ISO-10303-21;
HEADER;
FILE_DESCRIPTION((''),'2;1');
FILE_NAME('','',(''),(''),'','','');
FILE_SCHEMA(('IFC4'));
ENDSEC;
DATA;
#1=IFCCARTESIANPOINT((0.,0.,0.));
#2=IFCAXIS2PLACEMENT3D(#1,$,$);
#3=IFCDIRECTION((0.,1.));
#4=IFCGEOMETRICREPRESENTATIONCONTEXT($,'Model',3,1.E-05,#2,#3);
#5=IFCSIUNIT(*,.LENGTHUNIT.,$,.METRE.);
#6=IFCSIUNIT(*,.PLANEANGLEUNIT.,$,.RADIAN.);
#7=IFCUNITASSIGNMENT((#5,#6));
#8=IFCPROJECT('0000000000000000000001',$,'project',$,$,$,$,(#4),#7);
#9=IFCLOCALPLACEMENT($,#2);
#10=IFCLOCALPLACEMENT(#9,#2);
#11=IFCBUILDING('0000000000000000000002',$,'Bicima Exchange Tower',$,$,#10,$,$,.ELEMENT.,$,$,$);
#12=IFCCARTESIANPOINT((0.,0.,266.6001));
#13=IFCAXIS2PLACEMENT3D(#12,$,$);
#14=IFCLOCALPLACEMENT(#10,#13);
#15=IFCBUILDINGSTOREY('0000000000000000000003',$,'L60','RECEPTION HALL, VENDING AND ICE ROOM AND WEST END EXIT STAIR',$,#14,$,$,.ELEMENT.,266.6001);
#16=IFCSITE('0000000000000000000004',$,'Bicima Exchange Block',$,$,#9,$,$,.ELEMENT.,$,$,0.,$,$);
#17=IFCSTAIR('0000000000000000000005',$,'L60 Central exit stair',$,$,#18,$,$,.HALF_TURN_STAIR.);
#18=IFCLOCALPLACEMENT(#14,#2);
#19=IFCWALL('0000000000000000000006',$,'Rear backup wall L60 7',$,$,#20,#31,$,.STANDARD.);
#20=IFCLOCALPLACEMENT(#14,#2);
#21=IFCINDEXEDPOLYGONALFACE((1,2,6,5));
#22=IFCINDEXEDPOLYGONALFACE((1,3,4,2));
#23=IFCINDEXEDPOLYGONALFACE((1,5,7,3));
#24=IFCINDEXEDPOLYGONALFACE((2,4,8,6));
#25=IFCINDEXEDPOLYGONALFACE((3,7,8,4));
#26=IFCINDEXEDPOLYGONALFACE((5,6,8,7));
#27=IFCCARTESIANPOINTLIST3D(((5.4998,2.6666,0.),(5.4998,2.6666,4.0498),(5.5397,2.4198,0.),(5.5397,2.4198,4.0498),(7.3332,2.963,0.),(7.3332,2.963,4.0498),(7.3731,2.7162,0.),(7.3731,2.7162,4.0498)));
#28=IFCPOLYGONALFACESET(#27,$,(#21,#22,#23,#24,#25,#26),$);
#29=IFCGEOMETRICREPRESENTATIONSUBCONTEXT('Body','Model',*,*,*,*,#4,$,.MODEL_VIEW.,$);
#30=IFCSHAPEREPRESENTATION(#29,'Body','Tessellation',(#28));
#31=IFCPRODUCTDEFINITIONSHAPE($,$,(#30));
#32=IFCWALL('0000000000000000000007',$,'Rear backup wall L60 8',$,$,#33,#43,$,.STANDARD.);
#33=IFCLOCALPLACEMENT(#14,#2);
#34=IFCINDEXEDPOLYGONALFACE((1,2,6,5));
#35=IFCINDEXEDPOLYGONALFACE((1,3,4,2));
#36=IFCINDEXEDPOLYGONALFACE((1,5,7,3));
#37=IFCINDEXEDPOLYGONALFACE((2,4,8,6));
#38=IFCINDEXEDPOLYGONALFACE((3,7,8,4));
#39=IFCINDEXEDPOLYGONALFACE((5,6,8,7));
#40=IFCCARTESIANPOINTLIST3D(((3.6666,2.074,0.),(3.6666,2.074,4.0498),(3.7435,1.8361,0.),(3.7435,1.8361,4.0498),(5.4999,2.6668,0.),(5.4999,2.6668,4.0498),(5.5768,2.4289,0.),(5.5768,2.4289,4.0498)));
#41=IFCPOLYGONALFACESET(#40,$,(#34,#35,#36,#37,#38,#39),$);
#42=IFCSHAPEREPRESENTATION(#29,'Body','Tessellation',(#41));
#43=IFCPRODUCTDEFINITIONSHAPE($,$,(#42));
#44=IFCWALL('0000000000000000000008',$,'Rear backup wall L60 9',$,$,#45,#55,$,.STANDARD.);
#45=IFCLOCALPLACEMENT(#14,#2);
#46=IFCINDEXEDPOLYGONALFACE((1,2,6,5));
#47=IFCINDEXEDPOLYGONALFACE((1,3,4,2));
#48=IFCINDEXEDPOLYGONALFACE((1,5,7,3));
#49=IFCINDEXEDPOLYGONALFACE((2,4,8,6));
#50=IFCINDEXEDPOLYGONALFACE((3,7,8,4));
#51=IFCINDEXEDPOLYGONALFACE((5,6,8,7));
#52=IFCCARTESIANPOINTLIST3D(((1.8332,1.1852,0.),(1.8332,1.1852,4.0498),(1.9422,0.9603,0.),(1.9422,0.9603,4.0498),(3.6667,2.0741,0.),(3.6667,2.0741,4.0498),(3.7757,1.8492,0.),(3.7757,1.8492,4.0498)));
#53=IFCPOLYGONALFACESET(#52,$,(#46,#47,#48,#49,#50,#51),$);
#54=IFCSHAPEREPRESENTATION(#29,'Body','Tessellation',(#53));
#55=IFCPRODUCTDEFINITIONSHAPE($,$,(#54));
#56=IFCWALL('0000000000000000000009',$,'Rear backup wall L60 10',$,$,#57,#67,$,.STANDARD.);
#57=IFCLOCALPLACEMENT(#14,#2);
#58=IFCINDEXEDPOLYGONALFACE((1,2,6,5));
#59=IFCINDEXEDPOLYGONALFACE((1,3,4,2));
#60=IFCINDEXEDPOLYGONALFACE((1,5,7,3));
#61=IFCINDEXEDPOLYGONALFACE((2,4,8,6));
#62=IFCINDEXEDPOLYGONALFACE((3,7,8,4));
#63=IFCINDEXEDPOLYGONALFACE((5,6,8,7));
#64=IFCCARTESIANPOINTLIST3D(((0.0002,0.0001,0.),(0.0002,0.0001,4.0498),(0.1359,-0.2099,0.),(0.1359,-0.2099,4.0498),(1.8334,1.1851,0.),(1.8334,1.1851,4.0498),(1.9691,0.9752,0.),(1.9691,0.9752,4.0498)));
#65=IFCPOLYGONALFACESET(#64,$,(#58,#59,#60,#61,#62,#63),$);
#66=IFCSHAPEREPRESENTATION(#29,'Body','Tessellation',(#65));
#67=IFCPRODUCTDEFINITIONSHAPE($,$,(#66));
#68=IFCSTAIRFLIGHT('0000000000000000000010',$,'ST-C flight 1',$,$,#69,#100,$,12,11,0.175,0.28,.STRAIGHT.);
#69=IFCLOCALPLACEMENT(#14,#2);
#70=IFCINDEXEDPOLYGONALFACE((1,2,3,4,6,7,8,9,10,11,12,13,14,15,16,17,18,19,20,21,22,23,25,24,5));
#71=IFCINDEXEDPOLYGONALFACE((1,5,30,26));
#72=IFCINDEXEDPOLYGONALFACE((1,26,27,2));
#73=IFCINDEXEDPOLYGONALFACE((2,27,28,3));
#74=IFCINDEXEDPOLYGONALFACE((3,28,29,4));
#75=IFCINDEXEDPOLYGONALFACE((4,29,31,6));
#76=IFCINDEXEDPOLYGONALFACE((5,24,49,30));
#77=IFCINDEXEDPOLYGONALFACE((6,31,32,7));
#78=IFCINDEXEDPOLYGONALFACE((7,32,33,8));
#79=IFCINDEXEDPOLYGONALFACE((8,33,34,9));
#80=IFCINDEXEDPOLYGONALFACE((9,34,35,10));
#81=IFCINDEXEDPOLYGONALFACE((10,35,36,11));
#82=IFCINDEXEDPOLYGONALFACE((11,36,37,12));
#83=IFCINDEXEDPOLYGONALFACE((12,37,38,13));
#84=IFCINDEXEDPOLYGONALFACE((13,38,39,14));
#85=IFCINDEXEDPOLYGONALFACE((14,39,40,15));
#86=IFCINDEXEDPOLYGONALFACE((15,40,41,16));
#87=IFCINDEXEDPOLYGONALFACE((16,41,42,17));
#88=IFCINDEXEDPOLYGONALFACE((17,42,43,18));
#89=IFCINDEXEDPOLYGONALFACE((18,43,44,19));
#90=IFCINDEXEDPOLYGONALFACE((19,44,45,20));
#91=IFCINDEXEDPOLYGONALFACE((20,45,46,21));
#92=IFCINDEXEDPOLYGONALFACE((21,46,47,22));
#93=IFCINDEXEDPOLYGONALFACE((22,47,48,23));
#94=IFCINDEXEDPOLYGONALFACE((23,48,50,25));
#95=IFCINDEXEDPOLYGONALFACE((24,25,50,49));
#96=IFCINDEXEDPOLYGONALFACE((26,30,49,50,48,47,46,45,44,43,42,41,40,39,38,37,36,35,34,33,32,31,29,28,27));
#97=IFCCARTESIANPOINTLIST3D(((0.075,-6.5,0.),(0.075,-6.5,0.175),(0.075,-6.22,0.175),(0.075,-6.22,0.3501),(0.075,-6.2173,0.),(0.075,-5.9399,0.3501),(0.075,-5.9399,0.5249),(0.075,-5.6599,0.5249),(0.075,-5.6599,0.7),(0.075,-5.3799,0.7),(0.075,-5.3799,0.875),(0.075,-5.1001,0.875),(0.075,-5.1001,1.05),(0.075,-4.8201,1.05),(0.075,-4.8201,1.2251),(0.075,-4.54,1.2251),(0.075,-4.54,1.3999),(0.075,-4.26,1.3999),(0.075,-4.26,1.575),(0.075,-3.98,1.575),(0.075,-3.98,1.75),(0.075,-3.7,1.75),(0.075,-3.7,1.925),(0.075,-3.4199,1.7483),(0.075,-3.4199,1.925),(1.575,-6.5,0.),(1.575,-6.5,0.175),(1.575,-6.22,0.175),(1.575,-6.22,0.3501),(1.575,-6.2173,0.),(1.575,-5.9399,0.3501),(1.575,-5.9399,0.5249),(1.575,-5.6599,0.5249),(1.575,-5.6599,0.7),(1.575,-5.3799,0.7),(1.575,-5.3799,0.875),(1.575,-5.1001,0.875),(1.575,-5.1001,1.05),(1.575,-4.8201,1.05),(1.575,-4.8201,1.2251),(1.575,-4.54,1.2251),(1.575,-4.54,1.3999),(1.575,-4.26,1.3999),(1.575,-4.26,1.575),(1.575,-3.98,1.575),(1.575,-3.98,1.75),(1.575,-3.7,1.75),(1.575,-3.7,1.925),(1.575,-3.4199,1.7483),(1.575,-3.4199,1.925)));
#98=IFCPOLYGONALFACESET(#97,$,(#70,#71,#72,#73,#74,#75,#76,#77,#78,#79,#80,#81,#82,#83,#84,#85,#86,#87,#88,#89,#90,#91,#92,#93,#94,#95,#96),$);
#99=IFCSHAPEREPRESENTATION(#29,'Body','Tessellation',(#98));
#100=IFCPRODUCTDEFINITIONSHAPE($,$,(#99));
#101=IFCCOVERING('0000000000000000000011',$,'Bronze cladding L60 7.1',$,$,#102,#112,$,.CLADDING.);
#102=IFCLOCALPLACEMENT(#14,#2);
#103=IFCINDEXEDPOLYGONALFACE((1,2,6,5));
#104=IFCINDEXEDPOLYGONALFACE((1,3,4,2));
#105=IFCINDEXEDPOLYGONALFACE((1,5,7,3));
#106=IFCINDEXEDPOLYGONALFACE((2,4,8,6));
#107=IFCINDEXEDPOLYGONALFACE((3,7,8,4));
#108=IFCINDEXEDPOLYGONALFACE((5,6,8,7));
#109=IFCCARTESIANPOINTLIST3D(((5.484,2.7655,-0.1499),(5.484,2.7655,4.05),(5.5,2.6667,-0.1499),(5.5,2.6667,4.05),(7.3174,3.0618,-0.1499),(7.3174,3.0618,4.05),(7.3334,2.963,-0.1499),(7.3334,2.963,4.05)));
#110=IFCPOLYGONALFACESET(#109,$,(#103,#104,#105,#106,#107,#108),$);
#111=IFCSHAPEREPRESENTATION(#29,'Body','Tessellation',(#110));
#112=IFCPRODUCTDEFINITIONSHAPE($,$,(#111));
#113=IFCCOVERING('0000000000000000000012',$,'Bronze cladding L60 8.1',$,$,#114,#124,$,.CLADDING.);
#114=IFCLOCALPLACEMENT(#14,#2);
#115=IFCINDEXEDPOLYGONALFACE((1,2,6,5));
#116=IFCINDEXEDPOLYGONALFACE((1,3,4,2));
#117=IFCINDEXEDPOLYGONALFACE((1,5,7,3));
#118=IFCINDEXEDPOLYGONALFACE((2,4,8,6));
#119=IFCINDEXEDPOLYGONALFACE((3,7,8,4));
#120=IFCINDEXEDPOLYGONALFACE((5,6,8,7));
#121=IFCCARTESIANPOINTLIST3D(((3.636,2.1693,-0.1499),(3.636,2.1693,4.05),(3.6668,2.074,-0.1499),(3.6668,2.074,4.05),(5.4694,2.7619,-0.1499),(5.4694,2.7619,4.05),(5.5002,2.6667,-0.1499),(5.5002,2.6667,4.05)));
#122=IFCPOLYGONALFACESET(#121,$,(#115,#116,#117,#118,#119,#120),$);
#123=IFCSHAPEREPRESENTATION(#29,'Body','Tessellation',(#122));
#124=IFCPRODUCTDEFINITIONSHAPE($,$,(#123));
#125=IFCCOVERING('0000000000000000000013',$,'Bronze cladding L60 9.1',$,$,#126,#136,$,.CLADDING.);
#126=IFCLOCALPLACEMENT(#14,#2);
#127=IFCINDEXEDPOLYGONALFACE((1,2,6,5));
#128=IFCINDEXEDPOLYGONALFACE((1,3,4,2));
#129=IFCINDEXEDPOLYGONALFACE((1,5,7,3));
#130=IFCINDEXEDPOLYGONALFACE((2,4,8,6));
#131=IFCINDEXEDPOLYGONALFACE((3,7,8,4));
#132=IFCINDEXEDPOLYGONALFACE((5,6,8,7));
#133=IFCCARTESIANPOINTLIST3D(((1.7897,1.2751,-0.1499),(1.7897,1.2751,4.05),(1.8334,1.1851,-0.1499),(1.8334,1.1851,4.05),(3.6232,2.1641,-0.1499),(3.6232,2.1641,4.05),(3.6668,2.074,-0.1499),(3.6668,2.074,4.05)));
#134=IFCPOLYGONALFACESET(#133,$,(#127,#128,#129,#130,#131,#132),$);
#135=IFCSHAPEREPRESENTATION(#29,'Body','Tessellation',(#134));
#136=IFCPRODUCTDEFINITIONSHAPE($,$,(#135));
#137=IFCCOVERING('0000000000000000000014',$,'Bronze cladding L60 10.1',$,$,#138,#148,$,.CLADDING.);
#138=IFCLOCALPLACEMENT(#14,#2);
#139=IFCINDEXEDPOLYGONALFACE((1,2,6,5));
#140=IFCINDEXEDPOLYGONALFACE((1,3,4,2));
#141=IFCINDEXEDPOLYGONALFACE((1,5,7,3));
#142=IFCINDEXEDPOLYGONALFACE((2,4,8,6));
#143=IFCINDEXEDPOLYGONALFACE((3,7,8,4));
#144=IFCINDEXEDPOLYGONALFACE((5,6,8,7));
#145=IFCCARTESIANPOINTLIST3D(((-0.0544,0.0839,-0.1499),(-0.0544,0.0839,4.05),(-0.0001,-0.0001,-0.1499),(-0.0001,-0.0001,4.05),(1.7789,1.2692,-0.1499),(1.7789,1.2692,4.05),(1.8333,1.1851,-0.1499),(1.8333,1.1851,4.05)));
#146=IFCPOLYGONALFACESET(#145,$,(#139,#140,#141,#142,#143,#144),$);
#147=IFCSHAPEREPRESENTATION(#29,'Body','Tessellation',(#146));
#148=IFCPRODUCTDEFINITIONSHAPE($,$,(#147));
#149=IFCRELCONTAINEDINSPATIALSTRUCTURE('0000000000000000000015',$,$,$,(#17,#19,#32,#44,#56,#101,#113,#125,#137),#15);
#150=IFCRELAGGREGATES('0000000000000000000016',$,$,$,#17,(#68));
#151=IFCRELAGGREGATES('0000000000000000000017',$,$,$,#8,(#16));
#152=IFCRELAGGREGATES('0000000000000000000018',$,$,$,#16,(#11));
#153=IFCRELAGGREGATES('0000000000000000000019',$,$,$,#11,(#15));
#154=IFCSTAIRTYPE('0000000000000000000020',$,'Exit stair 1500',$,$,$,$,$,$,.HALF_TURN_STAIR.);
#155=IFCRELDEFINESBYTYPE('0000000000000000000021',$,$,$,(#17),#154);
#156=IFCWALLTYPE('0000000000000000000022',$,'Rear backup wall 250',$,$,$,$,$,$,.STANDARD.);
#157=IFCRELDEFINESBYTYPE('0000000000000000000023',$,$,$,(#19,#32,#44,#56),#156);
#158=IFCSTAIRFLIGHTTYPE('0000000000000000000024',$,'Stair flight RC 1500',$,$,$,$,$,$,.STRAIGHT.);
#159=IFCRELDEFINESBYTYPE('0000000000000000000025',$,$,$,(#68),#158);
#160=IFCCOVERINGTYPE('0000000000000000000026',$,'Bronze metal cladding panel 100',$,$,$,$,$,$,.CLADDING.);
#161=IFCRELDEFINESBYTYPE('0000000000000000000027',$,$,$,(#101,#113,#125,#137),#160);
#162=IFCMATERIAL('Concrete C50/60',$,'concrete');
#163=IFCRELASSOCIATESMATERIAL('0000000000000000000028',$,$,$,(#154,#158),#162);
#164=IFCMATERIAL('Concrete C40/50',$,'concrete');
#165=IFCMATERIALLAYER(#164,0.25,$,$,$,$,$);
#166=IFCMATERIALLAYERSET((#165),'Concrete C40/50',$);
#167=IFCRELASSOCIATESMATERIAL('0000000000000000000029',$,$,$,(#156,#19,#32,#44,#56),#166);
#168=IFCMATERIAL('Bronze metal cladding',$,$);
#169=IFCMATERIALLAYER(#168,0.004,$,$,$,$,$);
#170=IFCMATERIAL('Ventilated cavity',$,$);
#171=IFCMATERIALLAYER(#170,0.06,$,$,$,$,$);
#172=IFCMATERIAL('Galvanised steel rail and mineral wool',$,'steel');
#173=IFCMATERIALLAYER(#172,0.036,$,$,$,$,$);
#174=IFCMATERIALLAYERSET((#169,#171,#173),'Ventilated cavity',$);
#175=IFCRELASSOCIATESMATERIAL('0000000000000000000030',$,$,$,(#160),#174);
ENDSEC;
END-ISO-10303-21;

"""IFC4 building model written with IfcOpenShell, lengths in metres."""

from ifc_helpers import new_model, si_unit, direction, frame, frame_2d, origin, origin_2d, place, context, subcontext, project, spatial, polyline, rectangle, outline, extrude, material, layer, layer_set, layer_usage, type_object, element, aggregate, save


model = new_model("IFC4")

# Units and contexts
model_context = context("Model", 3, precision=1e-05, world=origin(), true_north=direction((0.0, 1.0)))
body_context = subcontext(model_context, "Body", "Model", "MODEL_VIEW")
ifc_project = project(units=[si_unit("LENGTHUNIT", "METRE"), si_unit("PLANEANGLEUNIT", "RADIAN")], contexts=[model_context])

# Site, building, storey
site_placement = place(None, origin())
site = spatial("IfcSite", under=ifc_project, at=site_placement, Name="Bicima Exchange Block", CompositionType="ELEMENT", RefElevation=0.0)
building_placement = place(site_placement, origin())
building = spatial("IfcBuilding", under=site, at=building_placement, Name="Bicima Exchange Tower", CompositionType="ELEMENT")
storey_placement = place(building_placement, frame((0.0, 0.0, 266.6001)))
storey = spatial("IfcBuildingStorey", under=building, at=storey_placement, Name="L60", Description="RECEPTION HALL, VENDING AND ICE ROOM AND WEST END EXIT STAIR", CompositionType="ELEMENT", Elevation=266.6001)

# Stair
ifc_material_1 = material(Name="Concrete C50/60", Category="concrete")
stair_type_1 = type_object("IfcStairType", Name="Exit stair 1500", PredefinedType="HALF_TURN_STAIR", material=ifc_material_1)
stair_1_placement = place(storey_placement, origin())
stair_1 = element("IfcStair", 1, at=stair_1_placement, inside=storey, type_object=stair_type_1, Name="L60 Central exit stair", PredefinedType="HALF_TURN_STAIR")

# Shared definitions
ifc_material_2 = material(Name="Concrete C40/50", Category="concrete")

# Walls
ifc_layer_1 = layer(ifc_material_2, 0.25)
ifc_layer_set_1 = layer_set([ifc_layer_1], Name="Concrete C40/50")
ifc_layer_usage = layer_usage(ifc_layer_set_1, "AXIS2", "POSITIVE", -0.125)
wall_type_1 = type_object("IfcWallType", Name="Rear backup wall 250", PredefinedType="STANDARD", material=ifc_layer_set_1)
wall_1_placement = place(storey_placement, frame((7.3533, 2.8396, 0.0), z_axis=(0.0, 0.0, 1.0), x_axis=(-0.987182, -0.1596, 0.0)))
element("IfcWall", 2, at=wall_1_placement, inside=storey, type_object=wall_type_1, material=ifc_layer_usage, Name="Rear backup wall L60 7", PredefinedType="STANDARD", context=body_context, shape_type="SweptSolid", body=[
    extrude(rectangle(XDim=1.8572, YDim=0.25, at=frame_2d((0.9287, 0.0))), origin(), (0.0, 0.0, 1.0), 4.0498),
])
wall_2_placement = place(storey_placement, frame((5.5383, 2.5479, 0.0), z_axis=(0.0, 0.0, 1.0), x_axis=(-0.951496, -0.307662, 0.0)))
element("IfcWall", 3, at=wall_2_placement, inside=storey, type_object=wall_type_1, material=ifc_layer_usage, Name="Rear backup wall L60 8", PredefinedType="STANDARD", context=body_context, shape_type="SweptSolid", body=[
    extrude(rectangle(XDim=1.9268, YDim=0.25, at=frame_2d((0.9634, 0.0))), origin(), (0.0, 0.0, 1.0), 4.0498),
])
wall_3_placement = place(storey_placement, frame((3.7212, 1.9617, 0.0), z_axis=(0.0, 0.0, 1.0), x_axis=(-0.899824, -0.436253, 0.0)))
element("IfcWall", 4, at=wall_3_placement, inside=storey, type_object=wall_type_1, material=ifc_layer_usage, Name="Rear backup wall L60 9", PredefinedType="STANDARD", context=body_context, shape_type="SweptSolid", body=[
    extrude(rectangle(XDim=2.0376, YDim=0.25, at=frame_2d((1.0188, 0.0))), origin(), (0.0, 0.0, 1.0), 4.0498),
])
wall_4_placement = place(storey_placement, frame((1.9011, 1.0801, 0.0), z_axis=(0.0, 0.0, 1.0), x_axis=(-0.839813, -0.542876, 0.0)))
element("IfcWall", 5, at=wall_4_placement, inside=storey, type_object=wall_type_1, material=ifc_layer_usage, Name="Rear backup wall L60 10", PredefinedType="STANDARD", context=body_context, shape_type="SweptSolid", body=[
    extrude(rectangle(XDim=2.1829, YDim=0.25, at=frame_2d((1.0913, 0.0))), origin(), (0.0, 0.0, 1.0), 4.0498),
])

# Stair flight
stair_flight_type = type_object("IfcStairFlightType", Name="Stair flight RC 1500", PredefinedType="STRAIGHT", material=ifc_material_1)
stair_flight_placement = place(storey_placement, frame((0.825, -6.5, 0.0), z_axis=(0.0, 0.0, 1.0), x_axis=(0.0, 1.0, 0.0)))
stair_flight = element("IfcStairFlight", 6, at=stair_flight_placement, type_object=stair_flight_type, Name="ST-C flight 1", NumberOfRisers=12, NumberOfTreads=11, PredefinedType="STRAIGHT", RiserHeight=0.175, TreadLength=0.28, context=body_context, shape_type="SweptSolid", body=[
    extrude(outline(polyline([(0.0, 0.0), (0.0, 0.175), (0.28, 0.175), (0.28, 0.3501), (0.5601, 0.3501), (0.5601, 0.5249), (0.8401, 0.5249), (0.8401, 0.7), (1.1201, 0.7), (1.1201, 0.875), (1.3999, 0.875), (1.3999, 1.05), (1.6799, 1.05), (1.6799, 1.2251), (1.96, 1.2251), (1.96, 1.3999), (2.24, 1.3999), (2.24, 1.575), (2.52, 1.575), (2.52, 1.75), (2.8, 1.75), (2.8, 1.925), (3.0801, 1.925), (3.0801, 2.1001), (3.0801, 1.7483), (0.2827, 0.0), (0.0, 0.0)])), frame((0.0, 0.75, 0.0), z_axis=(0.0, -1.0, 0.0), x_axis=(1.0, 0.0, 0.0)), (0.0, 0.0, 1.0), 1.5),
])
aggregate(stair_1, [stair_flight])

# Coverings
ifc_material_3 = material(Name="Bronze metal cladding")
ifc_layer_2 = layer(ifc_material_3, 0.004)
ifc_material_4 = material(Name="Ventilated cavity")
ifc_layer_3 = layer(ifc_material_4, 0.06)
ifc_material_5 = material(Name="Galvanised steel rail and mineral wool", Category="steel")
ifc_layer_4 = layer(ifc_material_5, 0.036)
ifc_layer_set_2 = layer_set([ifc_layer_2, ifc_layer_3, ifc_layer_4], Name="Ventilated cavity")
covering_type = type_object("IfcCoveringType", Name="Bronze metal cladding panel 100", PredefinedType="CLADDING", material=ifc_layer_set_2)
covering_1_placement = place(storey_placement, frame((6.4087, 2.8643, -0.1499), z_axis=(0.0, 0.0, 1.0), x_axis=(-0.98719, -0.15955, 0.0)))
element("IfcCovering", 7, at=covering_1_placement, inside=storey, type_object=covering_type, Name="Bronze cladding L60 7.1", PredefinedType="CLADDING", context=body_context, shape_type="SweptSolid", body=[
    extrude(rectangle(XDim=1.8572, YDim=0.1001, at=origin_2d()), origin(), (0.0, 0.0, 1.0), 4.2),
])
covering_2_placement = place(storey_placement, frame((4.5681, 2.418, -0.1499), z_axis=(0.0, 0.0, 1.0), x_axis=(-0.951525, -0.307573, 0.0)))
element("IfcCovering", 8, at=covering_2_placement, inside=storey, type_object=covering_type, Name="Bronze cladding L60 8.1", PredefinedType="CLADDING", context=body_context, shape_type="SweptSolid", body=[
    extrude(rectangle(XDim=1.9268, YDim=0.1001, at=origin_2d()), origin(), (0.0, 0.0, 1.0), 4.2),
])
covering_3_placement = place(storey_placement, frame((2.7283, 1.6746, -0.1499), z_axis=(0.0, 0.0, 1.0), x_axis=(-0.899818, -0.436265, 0.0)))
element("IfcCovering", 9, at=covering_3_placement, inside=storey, type_object=covering_type, Name="Bronze cladding L60 9.1", PredefinedType="CLADDING", context=body_context, shape_type="SweptSolid", body=[
    extrude(rectangle(XDim=2.0376, YDim=0.1001, at=origin_2d()), origin(), (0.0, 0.0, 1.0), 4.2),
])
covering_4_placement = place(storey_placement, frame((0.8894, 0.6345, -0.1499), z_axis=(0.0, 0.0, 1.0), x_axis=(-0.83979, -0.542911, 0.0)))
element("IfcCovering", 10, at=covering_4_placement, inside=storey, type_object=covering_type, Name="Bronze cladding L60 10.1", PredefinedType="CLADDING", context=body_context, shape_type="SweptSolid", body=[
    extrude(rectangle(XDim=2.1831, YDim=0.1001, at=origin_2d()), origin(), (0.0, 0.0, 1.0), 4.2),
])

save(model, "model.ifc")
